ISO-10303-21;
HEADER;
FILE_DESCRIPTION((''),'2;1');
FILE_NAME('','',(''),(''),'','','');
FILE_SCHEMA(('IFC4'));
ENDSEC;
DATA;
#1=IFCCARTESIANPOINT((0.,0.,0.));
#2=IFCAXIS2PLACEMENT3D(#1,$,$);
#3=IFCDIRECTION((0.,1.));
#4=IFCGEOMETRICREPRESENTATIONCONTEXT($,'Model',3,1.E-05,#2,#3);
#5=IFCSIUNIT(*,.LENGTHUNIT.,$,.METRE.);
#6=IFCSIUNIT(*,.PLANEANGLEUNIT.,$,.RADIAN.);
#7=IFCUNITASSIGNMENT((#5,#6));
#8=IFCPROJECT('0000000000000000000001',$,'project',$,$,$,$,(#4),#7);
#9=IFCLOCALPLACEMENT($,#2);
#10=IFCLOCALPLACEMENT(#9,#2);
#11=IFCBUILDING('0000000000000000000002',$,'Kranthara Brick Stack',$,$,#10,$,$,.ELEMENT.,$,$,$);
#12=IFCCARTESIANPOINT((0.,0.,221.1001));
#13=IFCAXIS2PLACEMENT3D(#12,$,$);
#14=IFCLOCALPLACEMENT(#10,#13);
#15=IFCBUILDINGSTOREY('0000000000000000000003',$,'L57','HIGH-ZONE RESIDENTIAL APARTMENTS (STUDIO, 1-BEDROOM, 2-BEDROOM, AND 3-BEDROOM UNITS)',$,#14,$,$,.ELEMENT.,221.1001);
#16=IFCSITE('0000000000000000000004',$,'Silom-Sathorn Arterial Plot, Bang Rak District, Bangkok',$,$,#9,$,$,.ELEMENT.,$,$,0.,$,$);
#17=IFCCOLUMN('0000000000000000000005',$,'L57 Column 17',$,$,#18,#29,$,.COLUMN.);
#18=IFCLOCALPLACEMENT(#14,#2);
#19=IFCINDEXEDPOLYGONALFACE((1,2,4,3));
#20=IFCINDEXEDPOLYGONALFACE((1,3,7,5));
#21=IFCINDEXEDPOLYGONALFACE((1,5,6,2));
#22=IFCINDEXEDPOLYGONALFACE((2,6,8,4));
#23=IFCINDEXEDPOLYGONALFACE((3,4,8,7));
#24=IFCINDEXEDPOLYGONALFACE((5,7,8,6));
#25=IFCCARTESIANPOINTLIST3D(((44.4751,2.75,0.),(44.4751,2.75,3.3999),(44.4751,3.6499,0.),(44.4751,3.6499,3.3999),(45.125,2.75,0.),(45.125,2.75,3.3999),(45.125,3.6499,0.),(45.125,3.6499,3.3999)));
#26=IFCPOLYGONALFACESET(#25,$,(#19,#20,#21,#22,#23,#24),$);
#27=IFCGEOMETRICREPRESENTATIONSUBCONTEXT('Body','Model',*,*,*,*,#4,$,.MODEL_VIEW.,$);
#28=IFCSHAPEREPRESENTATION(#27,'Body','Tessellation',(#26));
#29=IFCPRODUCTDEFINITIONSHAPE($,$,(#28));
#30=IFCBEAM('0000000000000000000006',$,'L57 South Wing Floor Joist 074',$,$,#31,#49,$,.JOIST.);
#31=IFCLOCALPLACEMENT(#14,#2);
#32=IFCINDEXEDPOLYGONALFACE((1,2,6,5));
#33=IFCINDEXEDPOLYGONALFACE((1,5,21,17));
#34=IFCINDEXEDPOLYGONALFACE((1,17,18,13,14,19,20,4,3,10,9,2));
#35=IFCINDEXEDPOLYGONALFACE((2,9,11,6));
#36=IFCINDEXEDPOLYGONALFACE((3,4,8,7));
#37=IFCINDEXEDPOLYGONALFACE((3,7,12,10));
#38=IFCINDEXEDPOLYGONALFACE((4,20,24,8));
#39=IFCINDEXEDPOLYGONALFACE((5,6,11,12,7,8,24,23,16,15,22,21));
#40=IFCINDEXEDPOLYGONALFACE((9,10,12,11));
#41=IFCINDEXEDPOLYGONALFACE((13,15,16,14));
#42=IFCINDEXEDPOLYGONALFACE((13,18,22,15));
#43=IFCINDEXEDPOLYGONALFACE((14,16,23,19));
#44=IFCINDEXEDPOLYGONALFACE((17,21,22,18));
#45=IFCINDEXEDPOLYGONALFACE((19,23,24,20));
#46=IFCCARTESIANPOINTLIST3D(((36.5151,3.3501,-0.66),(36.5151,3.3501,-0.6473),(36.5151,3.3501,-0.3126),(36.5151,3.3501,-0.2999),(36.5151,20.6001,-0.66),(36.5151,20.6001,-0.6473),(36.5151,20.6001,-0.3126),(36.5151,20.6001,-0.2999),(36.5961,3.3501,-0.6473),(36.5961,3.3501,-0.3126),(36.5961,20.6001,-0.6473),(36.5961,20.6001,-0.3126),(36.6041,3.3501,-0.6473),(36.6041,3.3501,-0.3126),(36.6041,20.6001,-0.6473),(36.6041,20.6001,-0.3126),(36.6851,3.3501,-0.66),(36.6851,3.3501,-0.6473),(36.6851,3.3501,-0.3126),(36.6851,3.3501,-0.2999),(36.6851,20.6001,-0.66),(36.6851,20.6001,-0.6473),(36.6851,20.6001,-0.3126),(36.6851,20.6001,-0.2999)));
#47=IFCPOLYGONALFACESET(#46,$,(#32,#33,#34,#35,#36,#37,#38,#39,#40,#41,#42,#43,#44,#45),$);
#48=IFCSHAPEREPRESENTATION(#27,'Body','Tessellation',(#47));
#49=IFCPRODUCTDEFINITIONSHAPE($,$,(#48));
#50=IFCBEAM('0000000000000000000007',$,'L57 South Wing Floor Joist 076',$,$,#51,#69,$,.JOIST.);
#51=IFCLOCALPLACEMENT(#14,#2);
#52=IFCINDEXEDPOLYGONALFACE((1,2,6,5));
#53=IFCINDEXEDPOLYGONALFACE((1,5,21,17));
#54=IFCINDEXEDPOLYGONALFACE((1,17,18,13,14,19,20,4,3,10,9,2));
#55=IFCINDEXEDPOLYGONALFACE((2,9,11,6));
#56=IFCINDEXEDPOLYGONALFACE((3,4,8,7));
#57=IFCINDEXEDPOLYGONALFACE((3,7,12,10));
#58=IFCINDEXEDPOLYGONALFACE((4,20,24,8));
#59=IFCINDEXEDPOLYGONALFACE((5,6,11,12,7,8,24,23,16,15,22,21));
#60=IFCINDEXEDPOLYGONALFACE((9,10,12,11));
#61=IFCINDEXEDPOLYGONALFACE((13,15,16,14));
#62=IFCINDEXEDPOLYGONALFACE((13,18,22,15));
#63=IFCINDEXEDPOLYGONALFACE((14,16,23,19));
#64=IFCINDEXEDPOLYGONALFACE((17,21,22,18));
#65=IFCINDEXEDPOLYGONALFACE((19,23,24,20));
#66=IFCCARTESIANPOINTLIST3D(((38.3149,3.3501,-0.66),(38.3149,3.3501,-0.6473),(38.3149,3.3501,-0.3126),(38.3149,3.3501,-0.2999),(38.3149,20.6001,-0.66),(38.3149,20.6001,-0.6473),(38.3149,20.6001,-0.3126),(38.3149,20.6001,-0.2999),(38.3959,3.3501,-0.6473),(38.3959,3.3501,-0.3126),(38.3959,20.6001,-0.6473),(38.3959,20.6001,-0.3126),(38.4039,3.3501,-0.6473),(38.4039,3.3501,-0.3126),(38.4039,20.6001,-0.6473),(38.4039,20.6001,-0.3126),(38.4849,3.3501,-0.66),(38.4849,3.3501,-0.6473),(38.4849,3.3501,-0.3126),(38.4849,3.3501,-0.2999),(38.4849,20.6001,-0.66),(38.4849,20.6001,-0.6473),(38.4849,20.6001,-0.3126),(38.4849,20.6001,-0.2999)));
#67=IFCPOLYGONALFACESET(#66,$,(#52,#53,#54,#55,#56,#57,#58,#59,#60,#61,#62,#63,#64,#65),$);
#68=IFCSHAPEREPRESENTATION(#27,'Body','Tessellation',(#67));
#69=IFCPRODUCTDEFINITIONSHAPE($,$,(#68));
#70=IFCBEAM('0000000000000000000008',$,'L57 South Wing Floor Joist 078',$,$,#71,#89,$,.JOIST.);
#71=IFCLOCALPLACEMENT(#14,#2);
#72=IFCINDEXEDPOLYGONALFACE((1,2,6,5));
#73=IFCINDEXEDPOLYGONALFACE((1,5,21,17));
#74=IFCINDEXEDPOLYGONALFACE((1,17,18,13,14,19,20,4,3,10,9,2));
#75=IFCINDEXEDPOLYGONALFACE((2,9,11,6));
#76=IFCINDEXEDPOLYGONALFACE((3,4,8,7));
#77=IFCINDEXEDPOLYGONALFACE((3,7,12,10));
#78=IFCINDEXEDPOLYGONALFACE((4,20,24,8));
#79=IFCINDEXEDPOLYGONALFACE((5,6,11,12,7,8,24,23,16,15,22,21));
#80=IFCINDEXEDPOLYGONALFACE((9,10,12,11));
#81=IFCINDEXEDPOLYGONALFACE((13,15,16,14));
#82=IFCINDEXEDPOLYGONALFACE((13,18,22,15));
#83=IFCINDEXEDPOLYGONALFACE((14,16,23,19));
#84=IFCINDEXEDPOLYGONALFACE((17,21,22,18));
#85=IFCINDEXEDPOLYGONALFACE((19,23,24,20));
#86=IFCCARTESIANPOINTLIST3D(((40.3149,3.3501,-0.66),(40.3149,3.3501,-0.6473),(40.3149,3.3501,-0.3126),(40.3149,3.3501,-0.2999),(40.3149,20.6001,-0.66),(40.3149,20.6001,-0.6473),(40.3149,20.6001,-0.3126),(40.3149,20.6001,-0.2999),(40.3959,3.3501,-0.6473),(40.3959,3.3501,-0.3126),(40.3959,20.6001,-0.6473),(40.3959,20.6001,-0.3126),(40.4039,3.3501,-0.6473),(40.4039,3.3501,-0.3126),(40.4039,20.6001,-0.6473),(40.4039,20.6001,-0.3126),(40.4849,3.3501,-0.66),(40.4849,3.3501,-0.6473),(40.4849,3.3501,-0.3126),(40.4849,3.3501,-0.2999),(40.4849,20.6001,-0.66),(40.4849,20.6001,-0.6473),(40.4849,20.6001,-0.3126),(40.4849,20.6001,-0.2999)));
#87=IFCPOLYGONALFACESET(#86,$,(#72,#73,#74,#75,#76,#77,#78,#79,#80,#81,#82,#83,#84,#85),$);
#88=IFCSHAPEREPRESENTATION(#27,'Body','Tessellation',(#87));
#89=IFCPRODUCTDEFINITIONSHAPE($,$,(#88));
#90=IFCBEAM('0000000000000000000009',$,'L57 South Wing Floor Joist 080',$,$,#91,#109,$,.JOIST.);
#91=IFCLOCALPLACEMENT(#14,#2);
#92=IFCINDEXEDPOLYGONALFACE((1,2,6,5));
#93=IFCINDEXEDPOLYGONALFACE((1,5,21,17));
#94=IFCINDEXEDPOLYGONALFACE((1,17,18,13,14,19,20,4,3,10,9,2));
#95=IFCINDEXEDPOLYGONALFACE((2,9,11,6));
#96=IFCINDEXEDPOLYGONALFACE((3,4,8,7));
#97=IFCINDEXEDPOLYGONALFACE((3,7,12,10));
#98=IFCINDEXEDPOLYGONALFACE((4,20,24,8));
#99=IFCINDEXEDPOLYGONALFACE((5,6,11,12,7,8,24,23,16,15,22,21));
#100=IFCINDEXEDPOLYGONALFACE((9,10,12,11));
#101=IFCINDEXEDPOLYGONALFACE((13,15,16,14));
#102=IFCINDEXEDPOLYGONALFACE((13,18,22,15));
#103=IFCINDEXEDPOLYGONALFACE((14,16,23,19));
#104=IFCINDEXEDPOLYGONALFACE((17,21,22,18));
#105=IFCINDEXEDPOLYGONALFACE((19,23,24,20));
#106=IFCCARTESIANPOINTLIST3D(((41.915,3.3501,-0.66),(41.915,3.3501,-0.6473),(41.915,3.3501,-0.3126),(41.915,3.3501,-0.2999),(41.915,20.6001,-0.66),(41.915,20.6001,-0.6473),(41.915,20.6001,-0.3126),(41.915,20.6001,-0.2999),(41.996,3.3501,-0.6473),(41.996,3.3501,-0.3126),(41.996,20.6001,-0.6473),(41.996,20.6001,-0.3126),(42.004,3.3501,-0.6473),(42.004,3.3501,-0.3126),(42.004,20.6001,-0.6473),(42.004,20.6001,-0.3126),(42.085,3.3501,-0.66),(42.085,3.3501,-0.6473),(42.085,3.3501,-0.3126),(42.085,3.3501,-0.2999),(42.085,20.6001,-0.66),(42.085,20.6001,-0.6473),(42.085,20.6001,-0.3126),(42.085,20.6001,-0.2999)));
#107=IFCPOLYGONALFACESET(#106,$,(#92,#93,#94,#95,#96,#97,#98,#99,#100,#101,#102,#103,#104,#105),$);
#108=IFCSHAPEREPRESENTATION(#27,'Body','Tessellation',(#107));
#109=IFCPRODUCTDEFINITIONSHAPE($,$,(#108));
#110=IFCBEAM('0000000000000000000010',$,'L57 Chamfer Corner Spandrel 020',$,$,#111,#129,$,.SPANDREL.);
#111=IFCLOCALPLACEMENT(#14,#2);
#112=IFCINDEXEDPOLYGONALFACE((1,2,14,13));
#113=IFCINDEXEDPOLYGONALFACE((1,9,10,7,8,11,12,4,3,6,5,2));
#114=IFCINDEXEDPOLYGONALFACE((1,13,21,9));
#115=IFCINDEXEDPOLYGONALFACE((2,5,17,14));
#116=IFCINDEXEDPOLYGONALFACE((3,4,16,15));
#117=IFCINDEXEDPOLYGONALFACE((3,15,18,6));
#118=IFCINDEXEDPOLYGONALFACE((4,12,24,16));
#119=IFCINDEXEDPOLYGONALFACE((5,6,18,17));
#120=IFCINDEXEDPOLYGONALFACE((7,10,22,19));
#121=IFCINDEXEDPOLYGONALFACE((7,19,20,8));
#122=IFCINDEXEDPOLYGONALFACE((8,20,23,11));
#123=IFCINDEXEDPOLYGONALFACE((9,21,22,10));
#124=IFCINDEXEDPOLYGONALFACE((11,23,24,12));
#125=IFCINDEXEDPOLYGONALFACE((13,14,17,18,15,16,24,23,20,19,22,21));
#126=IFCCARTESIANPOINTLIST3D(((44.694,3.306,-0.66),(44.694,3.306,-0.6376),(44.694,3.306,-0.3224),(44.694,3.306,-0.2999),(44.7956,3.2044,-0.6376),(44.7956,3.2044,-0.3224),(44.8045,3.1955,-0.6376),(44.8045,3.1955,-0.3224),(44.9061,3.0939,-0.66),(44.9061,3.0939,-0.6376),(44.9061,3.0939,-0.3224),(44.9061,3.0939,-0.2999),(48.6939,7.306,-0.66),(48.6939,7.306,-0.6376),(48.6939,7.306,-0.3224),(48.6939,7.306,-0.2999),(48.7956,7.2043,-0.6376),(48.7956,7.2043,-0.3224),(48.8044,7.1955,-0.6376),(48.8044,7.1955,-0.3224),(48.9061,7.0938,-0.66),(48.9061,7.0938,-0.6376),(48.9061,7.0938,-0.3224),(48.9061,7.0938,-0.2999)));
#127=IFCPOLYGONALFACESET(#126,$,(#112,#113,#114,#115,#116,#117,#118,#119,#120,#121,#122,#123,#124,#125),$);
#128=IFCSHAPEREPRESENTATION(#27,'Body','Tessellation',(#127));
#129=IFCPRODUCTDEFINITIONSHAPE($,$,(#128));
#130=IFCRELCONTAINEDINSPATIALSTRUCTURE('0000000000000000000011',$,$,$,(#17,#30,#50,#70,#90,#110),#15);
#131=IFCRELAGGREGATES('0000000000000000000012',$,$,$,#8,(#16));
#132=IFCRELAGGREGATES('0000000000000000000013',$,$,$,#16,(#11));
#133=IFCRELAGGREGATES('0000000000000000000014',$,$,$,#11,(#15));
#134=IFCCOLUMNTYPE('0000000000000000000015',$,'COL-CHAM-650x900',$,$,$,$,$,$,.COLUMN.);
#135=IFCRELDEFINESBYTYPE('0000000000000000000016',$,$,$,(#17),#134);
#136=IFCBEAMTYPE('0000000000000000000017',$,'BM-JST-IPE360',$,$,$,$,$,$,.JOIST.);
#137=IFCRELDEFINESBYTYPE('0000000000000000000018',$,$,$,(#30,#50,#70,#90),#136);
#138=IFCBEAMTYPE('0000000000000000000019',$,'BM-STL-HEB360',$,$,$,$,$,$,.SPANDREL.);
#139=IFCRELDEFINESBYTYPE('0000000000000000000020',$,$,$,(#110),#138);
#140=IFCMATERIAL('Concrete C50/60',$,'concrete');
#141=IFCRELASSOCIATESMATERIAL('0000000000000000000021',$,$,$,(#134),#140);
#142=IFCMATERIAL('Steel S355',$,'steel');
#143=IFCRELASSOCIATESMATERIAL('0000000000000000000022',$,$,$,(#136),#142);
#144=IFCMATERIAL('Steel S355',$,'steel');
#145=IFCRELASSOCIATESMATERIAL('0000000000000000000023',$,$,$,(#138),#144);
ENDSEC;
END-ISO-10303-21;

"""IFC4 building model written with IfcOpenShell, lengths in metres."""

from ifc_helpers import new_model, si_unit, direction, frame, origin, origin_2d, place, context, subcontext, project, spatial, rectangle, i_section, extrude, material, material_profile, profile_set, type_object, element, save


model = new_model("IFC4")

# Units and contexts
model_context = context("Model", 3, precision=1e-05, world=origin(), true_north=direction((0.0, 1.0)))
body_context = subcontext(model_context, "Body", "Model", "MODEL_VIEW")
ifc_project = project(units=[si_unit("LENGTHUNIT", "METRE"), si_unit("PLANEANGLEUNIT", "RADIAN")], contexts=[model_context])

# Site, building, storey
site_placement = place(None, origin())
site = spatial("IfcSite", under=ifc_project, at=site_placement, Name="Silom-Sathorn Arterial Plot, Bang Rak District, Bangkok", CompositionType="ELEMENT", RefElevation=0.0)
building_placement = place(site_placement, origin())
building = spatial("IfcBuilding", under=site, at=building_placement, Name="Kranthara Brick Stack", CompositionType="ELEMENT")
storey_placement = place(building_placement, frame((0.0, 0.0, 221.1001)))
storey = spatial("IfcBuildingStorey", under=building, at=storey_placement, Name="L57", Description="HIGH-ZONE RESIDENTIAL APARTMENTS (STUDIO, 1-BEDROOM, 2-BEDROOM, AND 3-BEDROOM UNITS)", CompositionType="ELEMENT", Elevation=221.1001)

# Column
ifc_material_1 = material(Name="Concrete C50/60", Category="concrete")
ifc_material_profile_1 = material_profile(ifc_material_1, rectangle(XDim=0.6499, YDim=0.8999, at=origin_2d()), Name="RC 650x900")
ifc_profile_set_1 = profile_set([ifc_material_profile_1], Name="Concrete C50/60")
column_type = type_object("IfcColumnType", Name="COL-CHAM-650x900", PredefinedType="COLUMN", material=ifc_profile_set_1)
column_placement = place(storey_placement, frame((44.8, 3.2, 0.0), z_axis=(0.0, 0.0, 1.0), x_axis=(1.0, 0.0, 0.0)))
element("IfcColumn", 1, at=column_placement, inside=storey, type_object=column_type, Name="L57 Column 17", PredefinedType="COLUMN", context=body_context, shape_type="SweptSolid", body=[
    extrude(rectangle(XDim=0.6499, YDim=0.8999, at=origin_2d()), origin(), (0.0, 0.0, 1.0), 3.3999),
])

# Beams
ifc_material_2 = material(Name="Steel S355", Category="steel")
ifc_material_profile_2 = material_profile(ifc_material_2, i_section(OverallWidth=0.1699, OverallDepth=0.3601, WebThickness=0.0081, FlangeThickness=0.0127, at=origin_2d()), Name="IPE 360")
ifc_profile_set_2 = profile_set([ifc_material_profile_2], Name="Steel S355")
beam_type_1 = type_object("IfcBeamType", Name="BM-JST-IPE360", PredefinedType="JOIST", material=ifc_profile_set_2)
for number, where, z_axis, x_axis, name in (
    (2, (36.6001, 3.3501, -0.48), (0.0, 1.0, 0.0), (-1.0, 0.0, 0.0), "L57 South Wing Floor Joist 074"),
    (3, (38.3999, 3.3501, -0.48), (0.0, 1.0, 0.0), (-1.0, 0.0, 0.0), "L57 South Wing Floor Joist 076"),
    (4, (40.3999, 3.3501, -0.48), (0.0, 1.0, 0.0), (-1.0, 0.0, 0.0), "L57 South Wing Floor Joist 078"),
    (5, (42.0, 3.3501, -0.48), (0.0, 1.0, 0.0), (-1.0, 0.0, 0.0), "L57 South Wing Floor Joist 080"),
):
    element("IfcBeam", number, at=place(storey_placement, frame(where, z_axis=z_axis, x_axis=x_axis)), inside=storey, type_object=beam_type_1, Name=name, PredefinedType="JOIST", context=body_context, shape_type="SweptSolid", body=[
        extrude(i_section(OverallWidth=0.1699, OverallDepth=0.3601, WebThickness=0.0081, FlangeThickness=0.0127, at=origin_2d()), origin(), (0.0, 0.0, 1.0), 17.25),
    ])
ifc_material_3 = material(Name="Steel S355", Category="steel")
ifc_material_profile_3 = material_profile(ifc_material_3, i_section(OverallWidth=0.3, OverallDepth=0.3601, WebThickness=0.0125, FlangeThickness=0.0225, at=origin_2d()), Name="HEB 360")
ifc_profile_set_3 = profile_set([ifc_material_profile_3], Name="Steel S355")
beam_type_2 = type_object("IfcBeamType", Name="BM-STL-HEB360", PredefinedType="SPANDREL", material=ifc_profile_set_3)
beam_placement = place(storey_placement, frame((44.8, 3.2, -0.48), z_axis=(0.707107, 0.707107, 0.0), x_axis=(-0.707107, 0.707107, 0.0)))
element("IfcBeam", 6, at=beam_placement, inside=storey, type_object=beam_type_2, Name="L57 Chamfer Corner Spandrel 020", PredefinedType="SPANDREL", context=body_context, shape_type="SweptSolid", body=[
    extrude(i_section(OverallWidth=0.3, OverallDepth=0.3601, WebThickness=0.0125, FlangeThickness=0.0225, at=origin_2d()), origin(), (0.0, 0.0, 1.0), 5.6567),
])

save(model, "model.ifc")
